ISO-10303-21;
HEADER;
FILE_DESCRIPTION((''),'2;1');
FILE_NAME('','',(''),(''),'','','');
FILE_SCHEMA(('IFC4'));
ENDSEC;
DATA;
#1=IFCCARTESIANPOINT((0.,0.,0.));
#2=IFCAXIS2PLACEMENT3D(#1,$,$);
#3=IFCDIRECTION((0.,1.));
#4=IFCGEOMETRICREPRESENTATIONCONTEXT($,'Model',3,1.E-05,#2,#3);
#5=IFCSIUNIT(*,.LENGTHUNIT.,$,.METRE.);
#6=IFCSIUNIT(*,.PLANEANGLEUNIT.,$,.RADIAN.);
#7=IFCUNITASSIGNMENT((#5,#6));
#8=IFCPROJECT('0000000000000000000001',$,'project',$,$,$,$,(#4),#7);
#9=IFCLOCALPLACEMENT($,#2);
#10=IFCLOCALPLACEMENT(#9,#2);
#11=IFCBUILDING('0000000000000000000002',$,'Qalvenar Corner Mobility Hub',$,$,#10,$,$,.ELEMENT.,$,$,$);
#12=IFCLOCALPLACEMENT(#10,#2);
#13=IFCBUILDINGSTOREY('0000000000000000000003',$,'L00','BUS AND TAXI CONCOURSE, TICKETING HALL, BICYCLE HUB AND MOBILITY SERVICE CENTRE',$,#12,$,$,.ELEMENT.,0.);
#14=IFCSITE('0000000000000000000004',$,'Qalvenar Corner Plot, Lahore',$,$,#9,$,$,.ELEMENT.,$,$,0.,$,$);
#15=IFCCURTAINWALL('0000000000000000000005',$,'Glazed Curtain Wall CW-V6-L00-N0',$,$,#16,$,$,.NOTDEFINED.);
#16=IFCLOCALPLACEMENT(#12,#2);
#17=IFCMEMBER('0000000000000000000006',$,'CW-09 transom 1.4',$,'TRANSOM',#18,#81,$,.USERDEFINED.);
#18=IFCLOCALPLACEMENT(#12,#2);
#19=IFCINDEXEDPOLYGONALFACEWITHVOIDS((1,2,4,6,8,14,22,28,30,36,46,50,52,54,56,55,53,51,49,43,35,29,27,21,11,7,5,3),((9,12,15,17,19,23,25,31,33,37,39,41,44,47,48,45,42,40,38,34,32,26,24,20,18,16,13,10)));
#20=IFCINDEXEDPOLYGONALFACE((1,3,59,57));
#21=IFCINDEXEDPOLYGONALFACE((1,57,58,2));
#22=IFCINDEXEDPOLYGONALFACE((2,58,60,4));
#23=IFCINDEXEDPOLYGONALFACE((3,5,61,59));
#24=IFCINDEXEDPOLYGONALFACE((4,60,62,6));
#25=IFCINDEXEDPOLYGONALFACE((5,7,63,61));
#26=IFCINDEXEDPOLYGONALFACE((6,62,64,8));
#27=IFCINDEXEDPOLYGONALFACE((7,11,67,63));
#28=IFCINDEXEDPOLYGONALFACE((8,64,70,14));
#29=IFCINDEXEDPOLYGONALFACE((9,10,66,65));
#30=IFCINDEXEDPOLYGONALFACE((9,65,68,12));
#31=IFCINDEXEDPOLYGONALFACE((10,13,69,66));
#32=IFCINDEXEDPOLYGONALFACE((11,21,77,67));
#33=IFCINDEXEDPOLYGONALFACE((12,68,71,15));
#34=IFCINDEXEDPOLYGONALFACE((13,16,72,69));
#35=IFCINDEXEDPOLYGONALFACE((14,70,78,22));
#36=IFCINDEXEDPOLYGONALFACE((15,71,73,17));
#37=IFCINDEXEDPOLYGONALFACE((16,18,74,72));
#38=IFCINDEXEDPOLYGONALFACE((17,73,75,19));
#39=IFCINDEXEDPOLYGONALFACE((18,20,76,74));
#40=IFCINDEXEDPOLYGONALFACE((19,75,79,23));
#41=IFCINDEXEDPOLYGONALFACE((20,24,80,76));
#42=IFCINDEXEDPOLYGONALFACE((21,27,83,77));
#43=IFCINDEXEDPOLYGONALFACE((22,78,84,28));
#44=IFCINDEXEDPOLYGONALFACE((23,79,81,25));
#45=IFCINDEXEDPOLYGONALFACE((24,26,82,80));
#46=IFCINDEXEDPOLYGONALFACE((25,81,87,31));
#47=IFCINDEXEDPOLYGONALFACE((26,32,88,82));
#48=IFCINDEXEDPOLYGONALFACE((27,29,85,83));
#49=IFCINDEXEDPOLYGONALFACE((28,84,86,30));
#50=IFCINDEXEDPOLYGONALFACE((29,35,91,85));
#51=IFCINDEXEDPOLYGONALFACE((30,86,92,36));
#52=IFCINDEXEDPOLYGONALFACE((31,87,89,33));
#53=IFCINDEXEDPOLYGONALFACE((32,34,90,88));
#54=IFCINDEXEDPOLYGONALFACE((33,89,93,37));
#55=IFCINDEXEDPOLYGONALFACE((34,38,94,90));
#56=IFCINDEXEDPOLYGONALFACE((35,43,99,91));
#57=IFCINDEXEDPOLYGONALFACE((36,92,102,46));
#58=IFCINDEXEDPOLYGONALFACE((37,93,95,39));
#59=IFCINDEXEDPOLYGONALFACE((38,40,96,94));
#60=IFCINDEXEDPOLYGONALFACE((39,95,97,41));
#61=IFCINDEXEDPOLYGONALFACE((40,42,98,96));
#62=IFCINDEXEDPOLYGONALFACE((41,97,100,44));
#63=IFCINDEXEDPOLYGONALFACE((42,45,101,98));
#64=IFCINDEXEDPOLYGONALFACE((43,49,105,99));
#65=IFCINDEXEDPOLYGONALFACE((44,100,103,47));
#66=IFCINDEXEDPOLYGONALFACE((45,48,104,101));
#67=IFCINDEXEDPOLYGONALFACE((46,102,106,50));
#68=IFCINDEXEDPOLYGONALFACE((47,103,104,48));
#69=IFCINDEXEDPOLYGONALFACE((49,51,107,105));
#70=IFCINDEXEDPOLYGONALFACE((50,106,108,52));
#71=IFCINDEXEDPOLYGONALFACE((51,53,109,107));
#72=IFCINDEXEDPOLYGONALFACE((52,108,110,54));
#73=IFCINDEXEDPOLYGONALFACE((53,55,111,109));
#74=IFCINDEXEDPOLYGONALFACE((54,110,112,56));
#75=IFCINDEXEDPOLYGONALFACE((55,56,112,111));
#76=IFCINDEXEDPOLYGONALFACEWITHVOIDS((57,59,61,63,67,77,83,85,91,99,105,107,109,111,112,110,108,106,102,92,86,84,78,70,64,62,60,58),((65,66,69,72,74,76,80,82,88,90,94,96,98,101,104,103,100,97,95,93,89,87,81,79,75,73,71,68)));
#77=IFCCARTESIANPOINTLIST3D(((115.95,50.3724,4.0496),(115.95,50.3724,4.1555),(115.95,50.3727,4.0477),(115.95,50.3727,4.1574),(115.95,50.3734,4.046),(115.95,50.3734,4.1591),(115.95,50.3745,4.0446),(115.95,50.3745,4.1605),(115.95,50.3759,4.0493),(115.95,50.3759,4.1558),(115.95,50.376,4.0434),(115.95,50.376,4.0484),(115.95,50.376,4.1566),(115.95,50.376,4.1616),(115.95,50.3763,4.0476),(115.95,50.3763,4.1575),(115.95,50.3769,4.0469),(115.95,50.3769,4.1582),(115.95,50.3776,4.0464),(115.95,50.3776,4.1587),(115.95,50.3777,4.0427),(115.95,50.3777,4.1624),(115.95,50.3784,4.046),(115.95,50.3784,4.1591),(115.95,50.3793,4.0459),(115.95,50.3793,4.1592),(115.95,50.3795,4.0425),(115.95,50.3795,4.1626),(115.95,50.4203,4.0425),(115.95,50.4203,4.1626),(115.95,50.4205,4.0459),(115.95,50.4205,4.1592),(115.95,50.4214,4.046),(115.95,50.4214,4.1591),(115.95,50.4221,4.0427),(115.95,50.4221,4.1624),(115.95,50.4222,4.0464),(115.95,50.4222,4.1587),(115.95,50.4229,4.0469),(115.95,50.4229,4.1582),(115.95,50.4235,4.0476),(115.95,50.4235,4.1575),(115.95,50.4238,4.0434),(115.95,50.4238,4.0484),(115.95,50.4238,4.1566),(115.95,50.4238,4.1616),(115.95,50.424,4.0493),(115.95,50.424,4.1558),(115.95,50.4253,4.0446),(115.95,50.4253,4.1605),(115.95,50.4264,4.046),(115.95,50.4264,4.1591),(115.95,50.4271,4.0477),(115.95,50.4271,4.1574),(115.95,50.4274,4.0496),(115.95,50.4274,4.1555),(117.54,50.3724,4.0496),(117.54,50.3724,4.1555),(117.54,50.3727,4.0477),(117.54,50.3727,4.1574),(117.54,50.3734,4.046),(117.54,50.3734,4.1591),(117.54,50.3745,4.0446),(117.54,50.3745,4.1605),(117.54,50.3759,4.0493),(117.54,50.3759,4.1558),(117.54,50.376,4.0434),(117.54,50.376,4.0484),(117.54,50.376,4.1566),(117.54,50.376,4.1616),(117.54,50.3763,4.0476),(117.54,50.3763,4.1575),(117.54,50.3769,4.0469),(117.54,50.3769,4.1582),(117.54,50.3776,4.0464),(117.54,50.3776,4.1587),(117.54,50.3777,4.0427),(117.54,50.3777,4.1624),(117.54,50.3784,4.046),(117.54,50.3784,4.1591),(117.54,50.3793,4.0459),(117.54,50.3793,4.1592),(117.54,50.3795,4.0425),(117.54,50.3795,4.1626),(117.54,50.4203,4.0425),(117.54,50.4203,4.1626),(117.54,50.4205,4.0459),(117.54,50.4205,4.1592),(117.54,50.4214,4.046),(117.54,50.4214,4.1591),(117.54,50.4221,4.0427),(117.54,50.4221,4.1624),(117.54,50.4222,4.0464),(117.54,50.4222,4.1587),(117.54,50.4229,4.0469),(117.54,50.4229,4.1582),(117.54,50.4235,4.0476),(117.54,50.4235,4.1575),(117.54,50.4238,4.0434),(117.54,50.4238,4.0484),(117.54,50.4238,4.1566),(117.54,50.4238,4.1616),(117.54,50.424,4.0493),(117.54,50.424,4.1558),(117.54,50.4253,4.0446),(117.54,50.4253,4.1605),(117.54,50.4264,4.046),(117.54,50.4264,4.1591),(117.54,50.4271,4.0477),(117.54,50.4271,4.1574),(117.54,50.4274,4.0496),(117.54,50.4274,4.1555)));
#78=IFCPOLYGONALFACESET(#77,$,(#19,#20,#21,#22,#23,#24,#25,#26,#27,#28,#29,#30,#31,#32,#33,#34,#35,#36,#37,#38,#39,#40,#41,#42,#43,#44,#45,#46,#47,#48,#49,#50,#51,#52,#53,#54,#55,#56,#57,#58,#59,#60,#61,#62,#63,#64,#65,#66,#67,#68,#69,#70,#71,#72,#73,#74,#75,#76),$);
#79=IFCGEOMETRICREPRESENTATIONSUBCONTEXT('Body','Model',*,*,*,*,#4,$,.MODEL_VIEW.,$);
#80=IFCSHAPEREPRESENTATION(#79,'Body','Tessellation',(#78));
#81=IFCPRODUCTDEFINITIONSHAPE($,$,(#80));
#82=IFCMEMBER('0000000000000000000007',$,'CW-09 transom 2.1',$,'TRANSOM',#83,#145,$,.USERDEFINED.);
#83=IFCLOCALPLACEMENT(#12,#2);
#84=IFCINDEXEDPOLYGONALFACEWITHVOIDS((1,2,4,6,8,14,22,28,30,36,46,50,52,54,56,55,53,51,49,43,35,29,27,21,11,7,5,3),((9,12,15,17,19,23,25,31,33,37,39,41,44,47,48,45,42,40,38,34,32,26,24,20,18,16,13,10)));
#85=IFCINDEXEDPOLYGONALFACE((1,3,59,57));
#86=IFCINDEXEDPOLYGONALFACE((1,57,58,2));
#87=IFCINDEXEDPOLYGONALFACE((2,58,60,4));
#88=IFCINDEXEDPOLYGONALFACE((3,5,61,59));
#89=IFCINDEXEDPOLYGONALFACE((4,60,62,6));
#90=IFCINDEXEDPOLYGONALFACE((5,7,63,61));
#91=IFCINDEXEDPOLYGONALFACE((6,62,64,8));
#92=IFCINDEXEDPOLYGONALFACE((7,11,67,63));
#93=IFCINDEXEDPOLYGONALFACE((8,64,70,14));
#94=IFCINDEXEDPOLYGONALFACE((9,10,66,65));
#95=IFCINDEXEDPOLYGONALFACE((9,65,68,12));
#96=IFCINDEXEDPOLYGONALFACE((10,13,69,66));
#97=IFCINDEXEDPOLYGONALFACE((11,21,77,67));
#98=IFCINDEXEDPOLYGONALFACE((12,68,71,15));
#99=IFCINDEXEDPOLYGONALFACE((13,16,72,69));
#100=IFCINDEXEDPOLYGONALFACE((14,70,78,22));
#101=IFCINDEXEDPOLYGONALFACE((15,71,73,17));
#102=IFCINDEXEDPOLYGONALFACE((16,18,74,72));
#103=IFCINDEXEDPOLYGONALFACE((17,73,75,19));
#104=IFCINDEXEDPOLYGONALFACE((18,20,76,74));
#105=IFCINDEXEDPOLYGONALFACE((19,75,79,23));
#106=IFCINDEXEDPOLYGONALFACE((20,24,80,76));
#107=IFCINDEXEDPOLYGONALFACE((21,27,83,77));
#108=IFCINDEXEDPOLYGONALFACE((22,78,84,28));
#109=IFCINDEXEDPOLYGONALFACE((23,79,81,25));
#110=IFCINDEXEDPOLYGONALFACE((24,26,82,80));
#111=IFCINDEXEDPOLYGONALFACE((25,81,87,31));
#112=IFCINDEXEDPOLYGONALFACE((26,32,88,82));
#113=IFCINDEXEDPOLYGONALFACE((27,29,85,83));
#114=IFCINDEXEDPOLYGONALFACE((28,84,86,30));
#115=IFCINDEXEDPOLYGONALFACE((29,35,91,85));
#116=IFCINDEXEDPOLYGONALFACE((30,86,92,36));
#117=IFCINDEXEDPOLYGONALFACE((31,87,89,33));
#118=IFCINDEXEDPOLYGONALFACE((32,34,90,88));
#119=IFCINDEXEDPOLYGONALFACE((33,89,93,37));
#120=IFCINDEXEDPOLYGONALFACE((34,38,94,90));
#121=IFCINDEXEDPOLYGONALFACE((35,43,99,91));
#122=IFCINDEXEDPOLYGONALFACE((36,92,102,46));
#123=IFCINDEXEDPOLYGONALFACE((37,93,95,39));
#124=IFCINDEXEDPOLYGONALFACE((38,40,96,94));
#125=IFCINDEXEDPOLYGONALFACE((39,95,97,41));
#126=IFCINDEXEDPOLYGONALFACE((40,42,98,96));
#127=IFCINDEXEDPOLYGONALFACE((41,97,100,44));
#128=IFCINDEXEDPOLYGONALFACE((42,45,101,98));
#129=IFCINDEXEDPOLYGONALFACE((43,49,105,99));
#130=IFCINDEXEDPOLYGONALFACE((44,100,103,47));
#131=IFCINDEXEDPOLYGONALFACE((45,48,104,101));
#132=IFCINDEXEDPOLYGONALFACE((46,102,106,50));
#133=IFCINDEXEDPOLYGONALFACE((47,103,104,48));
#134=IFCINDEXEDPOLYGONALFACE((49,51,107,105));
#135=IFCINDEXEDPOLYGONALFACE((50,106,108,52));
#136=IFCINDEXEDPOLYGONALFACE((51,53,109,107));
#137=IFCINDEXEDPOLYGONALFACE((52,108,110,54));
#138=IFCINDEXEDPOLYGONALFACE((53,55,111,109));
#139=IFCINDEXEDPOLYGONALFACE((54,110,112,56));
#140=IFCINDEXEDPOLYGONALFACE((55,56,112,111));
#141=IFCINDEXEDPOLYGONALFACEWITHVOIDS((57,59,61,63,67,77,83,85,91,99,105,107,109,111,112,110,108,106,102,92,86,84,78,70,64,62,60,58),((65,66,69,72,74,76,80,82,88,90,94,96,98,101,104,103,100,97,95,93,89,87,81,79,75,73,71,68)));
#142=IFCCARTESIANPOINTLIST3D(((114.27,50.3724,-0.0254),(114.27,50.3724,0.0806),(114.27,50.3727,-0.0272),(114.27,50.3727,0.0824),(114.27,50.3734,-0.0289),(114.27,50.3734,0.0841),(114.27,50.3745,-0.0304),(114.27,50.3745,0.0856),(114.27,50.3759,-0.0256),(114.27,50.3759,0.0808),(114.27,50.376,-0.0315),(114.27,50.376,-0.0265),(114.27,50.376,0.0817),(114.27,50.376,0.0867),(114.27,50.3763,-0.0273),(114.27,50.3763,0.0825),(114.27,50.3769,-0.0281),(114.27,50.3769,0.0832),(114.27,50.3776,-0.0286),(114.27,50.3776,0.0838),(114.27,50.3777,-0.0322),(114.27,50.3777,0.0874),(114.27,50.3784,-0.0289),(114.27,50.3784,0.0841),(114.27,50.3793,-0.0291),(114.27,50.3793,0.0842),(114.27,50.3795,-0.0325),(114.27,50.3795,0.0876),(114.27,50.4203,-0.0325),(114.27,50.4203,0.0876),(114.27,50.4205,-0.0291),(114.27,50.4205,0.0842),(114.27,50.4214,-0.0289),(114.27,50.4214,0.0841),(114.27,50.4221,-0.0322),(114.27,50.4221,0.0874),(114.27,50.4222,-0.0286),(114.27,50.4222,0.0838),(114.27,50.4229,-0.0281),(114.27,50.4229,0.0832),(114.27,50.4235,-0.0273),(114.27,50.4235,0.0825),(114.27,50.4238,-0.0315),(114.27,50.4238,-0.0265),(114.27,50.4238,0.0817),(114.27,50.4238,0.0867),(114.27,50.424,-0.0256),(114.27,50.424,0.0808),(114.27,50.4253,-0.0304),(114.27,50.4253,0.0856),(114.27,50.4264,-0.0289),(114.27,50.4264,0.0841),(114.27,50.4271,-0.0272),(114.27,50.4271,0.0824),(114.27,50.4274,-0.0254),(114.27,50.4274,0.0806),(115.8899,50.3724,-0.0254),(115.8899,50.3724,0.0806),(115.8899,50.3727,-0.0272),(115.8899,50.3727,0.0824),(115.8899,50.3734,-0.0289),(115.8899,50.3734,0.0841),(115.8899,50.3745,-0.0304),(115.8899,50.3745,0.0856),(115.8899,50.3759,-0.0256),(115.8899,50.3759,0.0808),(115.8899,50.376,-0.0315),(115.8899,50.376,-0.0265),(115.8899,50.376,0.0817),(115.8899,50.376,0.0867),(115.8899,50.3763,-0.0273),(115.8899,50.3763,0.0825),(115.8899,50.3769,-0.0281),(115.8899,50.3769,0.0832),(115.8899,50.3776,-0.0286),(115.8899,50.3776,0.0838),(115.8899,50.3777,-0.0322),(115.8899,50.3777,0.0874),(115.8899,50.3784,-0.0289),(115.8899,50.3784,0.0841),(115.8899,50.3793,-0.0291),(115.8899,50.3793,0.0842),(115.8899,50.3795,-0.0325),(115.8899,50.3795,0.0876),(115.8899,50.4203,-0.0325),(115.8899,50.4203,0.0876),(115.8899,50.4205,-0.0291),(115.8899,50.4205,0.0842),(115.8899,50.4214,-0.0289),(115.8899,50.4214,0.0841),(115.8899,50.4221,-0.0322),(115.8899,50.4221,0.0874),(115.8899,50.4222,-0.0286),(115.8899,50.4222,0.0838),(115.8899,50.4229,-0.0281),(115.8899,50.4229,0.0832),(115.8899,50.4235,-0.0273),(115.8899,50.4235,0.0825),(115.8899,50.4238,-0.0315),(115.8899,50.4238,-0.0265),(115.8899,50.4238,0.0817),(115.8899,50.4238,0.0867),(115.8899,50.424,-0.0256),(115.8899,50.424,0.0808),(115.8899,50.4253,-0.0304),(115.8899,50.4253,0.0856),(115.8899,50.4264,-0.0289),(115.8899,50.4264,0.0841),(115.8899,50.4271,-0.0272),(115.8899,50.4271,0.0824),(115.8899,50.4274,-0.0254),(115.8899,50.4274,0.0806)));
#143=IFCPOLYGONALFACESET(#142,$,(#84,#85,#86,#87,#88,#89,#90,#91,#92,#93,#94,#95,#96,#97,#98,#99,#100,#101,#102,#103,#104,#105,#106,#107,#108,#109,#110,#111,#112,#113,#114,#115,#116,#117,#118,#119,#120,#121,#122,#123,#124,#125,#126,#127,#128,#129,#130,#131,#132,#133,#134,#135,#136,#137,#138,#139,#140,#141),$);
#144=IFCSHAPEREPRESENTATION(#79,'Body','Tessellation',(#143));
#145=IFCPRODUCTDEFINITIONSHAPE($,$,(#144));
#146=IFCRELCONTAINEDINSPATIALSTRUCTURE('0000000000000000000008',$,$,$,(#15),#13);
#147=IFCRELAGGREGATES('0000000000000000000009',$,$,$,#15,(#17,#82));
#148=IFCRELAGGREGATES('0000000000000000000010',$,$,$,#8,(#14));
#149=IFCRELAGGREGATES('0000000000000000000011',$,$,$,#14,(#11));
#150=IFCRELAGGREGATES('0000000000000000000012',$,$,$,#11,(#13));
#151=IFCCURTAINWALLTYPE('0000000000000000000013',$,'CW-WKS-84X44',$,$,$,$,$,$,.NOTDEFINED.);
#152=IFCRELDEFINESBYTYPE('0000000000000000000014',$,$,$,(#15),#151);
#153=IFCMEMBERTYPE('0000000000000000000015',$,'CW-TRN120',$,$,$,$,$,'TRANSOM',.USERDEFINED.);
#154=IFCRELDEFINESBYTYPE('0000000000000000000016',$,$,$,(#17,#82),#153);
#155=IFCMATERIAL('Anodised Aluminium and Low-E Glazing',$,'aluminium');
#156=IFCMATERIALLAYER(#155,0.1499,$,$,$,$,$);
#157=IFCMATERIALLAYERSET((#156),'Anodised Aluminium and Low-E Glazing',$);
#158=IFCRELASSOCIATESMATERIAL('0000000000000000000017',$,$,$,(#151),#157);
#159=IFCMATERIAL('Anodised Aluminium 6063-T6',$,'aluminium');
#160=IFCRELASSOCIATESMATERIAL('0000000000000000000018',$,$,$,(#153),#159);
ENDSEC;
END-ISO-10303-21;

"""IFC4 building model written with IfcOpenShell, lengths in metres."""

from ifc_helpers import new_model, si_unit, direction, frame, origin, origin_2d, place, context, subcontext, project, spatial, hollow_rectangle, extrude, material, layer, layer_set, material_profile, profile_set, type_object, element, aggregate, save


model = new_model("IFC4")

# Units and contexts
model_context = context("Model", 3, precision=1e-05, world=origin(), true_north=direction((0.0, 1.0)))
body_context = subcontext(model_context, "Body", "Model", "MODEL_VIEW")
ifc_project = project(units=[si_unit("LENGTHUNIT", "METRE"), si_unit("PLANEANGLEUNIT", "RADIAN")], contexts=[model_context])

# Site, building, storey
site_placement = place(None, origin())
site = spatial("IfcSite", under=ifc_project, at=site_placement, Name="Qalvenar Corner Plot, Lahore", CompositionType="ELEMENT", RefElevation=0.0)
building_placement = place(site_placement, origin())
building = spatial("IfcBuilding", under=site, at=building_placement, Name="Qalvenar Corner Mobility Hub", CompositionType="ELEMENT")
storey_placement = place(building_placement, origin())
storey = spatial("IfcBuildingStorey", under=building, at=storey_placement, Name="L00", Description="BUS AND TAXI CONCOURSE, TICKETING HALL, BICYCLE HUB AND MOBILITY SERVICE CENTRE", CompositionType="ELEMENT", Elevation=0.0)

# Curtain wall, members
ifc_material_1 = material(Name="Anodised Aluminium and Low-E Glazing", Category="aluminium")
ifc_layer_1 = layer(ifc_material_1, 0.1499)
ifc_layer_set_1 = layer_set([ifc_layer_1], Name="Anodised Aluminium and Low-E Glazing")
curtain_wall_type = type_object("IfcCurtainWallType", Name="CW-WKS-84X44", PredefinedType="NOTDEFINED", material=ifc_layer_set_1)
curtain_wall_placement = place(storey_placement, origin())
curtain_wall = element("IfcCurtainWall", 1, at=curtain_wall_placement, inside=storey, type_object=curtain_wall_type, Name="Glazed Curtain Wall CW-V6-L00-N0", PredefinedType="NOTDEFINED")
ifc_material_2 = material(Name="Anodised Aluminium 6063-T6", Category="aluminium")
ifc_material_profile_1 = material_profile(ifc_material_2, hollow_rectangle(XDim=0.0549, YDim=0.1201, WallThickness=0.0034, InnerFilletRadius=0.0034, OuterFilletRadius=0.0071, at=origin_2d()), Name="RHS120x55x3.5")
ifc_profile_set_1 = profile_set([ifc_material_profile_1], Name="Anodised Aluminium 6063-T6")
member_type_1 = type_object("IfcMemberType", Name="CW-TRN120", ElementType="TRANSOM", PredefinedType="USERDEFINED", material=ifc_profile_set_1)
member_1_placement = place(storey_placement, frame((117.54, 50.3999, 4.1025), z_axis=(-1.0, 0.0, 0.0), x_axis=(0.0, -1.0, 0.0)))
member_1 = element("IfcMember", 2, at=member_1_placement, type_object=member_type_1, Name="CW-09 transom 1.4", ObjectType="TRANSOM", PredefinedType="USERDEFINED", context=body_context, shape_type="SweptSolid", body=[
    extrude(hollow_rectangle(XDim=0.0549, YDim=0.1201, WallThickness=0.0034, InnerFilletRadius=0.0034, OuterFilletRadius=0.0071, at=origin_2d()), origin(), (0.0, 0.0, 1.0), 1.5901),
])
member_2_placement = place(storey_placement, frame((115.8899, 50.3999, 0.0276), z_axis=(-1.0, 0.0, 0.0), x_axis=(0.0, -1.0, 0.0)))
member_2 = element("IfcMember", 3, at=member_2_placement, type_object=member_type_1, Name="CW-09 transom 2.1", ObjectType="TRANSOM", PredefinedType="USERDEFINED", context=body_context, shape_type="SweptSolid", body=[
    extrude(hollow_rectangle(XDim=0.0549, YDim=0.1201, WallThickness=0.0034, InnerFilletRadius=0.0034, OuterFilletRadius=0.0071, at=origin_2d()), origin(), (0.0, 0.0, 1.0), 1.6199),
])
aggregate(curtain_wall, [member_1, member_2])

save(model, "model.ifc")
